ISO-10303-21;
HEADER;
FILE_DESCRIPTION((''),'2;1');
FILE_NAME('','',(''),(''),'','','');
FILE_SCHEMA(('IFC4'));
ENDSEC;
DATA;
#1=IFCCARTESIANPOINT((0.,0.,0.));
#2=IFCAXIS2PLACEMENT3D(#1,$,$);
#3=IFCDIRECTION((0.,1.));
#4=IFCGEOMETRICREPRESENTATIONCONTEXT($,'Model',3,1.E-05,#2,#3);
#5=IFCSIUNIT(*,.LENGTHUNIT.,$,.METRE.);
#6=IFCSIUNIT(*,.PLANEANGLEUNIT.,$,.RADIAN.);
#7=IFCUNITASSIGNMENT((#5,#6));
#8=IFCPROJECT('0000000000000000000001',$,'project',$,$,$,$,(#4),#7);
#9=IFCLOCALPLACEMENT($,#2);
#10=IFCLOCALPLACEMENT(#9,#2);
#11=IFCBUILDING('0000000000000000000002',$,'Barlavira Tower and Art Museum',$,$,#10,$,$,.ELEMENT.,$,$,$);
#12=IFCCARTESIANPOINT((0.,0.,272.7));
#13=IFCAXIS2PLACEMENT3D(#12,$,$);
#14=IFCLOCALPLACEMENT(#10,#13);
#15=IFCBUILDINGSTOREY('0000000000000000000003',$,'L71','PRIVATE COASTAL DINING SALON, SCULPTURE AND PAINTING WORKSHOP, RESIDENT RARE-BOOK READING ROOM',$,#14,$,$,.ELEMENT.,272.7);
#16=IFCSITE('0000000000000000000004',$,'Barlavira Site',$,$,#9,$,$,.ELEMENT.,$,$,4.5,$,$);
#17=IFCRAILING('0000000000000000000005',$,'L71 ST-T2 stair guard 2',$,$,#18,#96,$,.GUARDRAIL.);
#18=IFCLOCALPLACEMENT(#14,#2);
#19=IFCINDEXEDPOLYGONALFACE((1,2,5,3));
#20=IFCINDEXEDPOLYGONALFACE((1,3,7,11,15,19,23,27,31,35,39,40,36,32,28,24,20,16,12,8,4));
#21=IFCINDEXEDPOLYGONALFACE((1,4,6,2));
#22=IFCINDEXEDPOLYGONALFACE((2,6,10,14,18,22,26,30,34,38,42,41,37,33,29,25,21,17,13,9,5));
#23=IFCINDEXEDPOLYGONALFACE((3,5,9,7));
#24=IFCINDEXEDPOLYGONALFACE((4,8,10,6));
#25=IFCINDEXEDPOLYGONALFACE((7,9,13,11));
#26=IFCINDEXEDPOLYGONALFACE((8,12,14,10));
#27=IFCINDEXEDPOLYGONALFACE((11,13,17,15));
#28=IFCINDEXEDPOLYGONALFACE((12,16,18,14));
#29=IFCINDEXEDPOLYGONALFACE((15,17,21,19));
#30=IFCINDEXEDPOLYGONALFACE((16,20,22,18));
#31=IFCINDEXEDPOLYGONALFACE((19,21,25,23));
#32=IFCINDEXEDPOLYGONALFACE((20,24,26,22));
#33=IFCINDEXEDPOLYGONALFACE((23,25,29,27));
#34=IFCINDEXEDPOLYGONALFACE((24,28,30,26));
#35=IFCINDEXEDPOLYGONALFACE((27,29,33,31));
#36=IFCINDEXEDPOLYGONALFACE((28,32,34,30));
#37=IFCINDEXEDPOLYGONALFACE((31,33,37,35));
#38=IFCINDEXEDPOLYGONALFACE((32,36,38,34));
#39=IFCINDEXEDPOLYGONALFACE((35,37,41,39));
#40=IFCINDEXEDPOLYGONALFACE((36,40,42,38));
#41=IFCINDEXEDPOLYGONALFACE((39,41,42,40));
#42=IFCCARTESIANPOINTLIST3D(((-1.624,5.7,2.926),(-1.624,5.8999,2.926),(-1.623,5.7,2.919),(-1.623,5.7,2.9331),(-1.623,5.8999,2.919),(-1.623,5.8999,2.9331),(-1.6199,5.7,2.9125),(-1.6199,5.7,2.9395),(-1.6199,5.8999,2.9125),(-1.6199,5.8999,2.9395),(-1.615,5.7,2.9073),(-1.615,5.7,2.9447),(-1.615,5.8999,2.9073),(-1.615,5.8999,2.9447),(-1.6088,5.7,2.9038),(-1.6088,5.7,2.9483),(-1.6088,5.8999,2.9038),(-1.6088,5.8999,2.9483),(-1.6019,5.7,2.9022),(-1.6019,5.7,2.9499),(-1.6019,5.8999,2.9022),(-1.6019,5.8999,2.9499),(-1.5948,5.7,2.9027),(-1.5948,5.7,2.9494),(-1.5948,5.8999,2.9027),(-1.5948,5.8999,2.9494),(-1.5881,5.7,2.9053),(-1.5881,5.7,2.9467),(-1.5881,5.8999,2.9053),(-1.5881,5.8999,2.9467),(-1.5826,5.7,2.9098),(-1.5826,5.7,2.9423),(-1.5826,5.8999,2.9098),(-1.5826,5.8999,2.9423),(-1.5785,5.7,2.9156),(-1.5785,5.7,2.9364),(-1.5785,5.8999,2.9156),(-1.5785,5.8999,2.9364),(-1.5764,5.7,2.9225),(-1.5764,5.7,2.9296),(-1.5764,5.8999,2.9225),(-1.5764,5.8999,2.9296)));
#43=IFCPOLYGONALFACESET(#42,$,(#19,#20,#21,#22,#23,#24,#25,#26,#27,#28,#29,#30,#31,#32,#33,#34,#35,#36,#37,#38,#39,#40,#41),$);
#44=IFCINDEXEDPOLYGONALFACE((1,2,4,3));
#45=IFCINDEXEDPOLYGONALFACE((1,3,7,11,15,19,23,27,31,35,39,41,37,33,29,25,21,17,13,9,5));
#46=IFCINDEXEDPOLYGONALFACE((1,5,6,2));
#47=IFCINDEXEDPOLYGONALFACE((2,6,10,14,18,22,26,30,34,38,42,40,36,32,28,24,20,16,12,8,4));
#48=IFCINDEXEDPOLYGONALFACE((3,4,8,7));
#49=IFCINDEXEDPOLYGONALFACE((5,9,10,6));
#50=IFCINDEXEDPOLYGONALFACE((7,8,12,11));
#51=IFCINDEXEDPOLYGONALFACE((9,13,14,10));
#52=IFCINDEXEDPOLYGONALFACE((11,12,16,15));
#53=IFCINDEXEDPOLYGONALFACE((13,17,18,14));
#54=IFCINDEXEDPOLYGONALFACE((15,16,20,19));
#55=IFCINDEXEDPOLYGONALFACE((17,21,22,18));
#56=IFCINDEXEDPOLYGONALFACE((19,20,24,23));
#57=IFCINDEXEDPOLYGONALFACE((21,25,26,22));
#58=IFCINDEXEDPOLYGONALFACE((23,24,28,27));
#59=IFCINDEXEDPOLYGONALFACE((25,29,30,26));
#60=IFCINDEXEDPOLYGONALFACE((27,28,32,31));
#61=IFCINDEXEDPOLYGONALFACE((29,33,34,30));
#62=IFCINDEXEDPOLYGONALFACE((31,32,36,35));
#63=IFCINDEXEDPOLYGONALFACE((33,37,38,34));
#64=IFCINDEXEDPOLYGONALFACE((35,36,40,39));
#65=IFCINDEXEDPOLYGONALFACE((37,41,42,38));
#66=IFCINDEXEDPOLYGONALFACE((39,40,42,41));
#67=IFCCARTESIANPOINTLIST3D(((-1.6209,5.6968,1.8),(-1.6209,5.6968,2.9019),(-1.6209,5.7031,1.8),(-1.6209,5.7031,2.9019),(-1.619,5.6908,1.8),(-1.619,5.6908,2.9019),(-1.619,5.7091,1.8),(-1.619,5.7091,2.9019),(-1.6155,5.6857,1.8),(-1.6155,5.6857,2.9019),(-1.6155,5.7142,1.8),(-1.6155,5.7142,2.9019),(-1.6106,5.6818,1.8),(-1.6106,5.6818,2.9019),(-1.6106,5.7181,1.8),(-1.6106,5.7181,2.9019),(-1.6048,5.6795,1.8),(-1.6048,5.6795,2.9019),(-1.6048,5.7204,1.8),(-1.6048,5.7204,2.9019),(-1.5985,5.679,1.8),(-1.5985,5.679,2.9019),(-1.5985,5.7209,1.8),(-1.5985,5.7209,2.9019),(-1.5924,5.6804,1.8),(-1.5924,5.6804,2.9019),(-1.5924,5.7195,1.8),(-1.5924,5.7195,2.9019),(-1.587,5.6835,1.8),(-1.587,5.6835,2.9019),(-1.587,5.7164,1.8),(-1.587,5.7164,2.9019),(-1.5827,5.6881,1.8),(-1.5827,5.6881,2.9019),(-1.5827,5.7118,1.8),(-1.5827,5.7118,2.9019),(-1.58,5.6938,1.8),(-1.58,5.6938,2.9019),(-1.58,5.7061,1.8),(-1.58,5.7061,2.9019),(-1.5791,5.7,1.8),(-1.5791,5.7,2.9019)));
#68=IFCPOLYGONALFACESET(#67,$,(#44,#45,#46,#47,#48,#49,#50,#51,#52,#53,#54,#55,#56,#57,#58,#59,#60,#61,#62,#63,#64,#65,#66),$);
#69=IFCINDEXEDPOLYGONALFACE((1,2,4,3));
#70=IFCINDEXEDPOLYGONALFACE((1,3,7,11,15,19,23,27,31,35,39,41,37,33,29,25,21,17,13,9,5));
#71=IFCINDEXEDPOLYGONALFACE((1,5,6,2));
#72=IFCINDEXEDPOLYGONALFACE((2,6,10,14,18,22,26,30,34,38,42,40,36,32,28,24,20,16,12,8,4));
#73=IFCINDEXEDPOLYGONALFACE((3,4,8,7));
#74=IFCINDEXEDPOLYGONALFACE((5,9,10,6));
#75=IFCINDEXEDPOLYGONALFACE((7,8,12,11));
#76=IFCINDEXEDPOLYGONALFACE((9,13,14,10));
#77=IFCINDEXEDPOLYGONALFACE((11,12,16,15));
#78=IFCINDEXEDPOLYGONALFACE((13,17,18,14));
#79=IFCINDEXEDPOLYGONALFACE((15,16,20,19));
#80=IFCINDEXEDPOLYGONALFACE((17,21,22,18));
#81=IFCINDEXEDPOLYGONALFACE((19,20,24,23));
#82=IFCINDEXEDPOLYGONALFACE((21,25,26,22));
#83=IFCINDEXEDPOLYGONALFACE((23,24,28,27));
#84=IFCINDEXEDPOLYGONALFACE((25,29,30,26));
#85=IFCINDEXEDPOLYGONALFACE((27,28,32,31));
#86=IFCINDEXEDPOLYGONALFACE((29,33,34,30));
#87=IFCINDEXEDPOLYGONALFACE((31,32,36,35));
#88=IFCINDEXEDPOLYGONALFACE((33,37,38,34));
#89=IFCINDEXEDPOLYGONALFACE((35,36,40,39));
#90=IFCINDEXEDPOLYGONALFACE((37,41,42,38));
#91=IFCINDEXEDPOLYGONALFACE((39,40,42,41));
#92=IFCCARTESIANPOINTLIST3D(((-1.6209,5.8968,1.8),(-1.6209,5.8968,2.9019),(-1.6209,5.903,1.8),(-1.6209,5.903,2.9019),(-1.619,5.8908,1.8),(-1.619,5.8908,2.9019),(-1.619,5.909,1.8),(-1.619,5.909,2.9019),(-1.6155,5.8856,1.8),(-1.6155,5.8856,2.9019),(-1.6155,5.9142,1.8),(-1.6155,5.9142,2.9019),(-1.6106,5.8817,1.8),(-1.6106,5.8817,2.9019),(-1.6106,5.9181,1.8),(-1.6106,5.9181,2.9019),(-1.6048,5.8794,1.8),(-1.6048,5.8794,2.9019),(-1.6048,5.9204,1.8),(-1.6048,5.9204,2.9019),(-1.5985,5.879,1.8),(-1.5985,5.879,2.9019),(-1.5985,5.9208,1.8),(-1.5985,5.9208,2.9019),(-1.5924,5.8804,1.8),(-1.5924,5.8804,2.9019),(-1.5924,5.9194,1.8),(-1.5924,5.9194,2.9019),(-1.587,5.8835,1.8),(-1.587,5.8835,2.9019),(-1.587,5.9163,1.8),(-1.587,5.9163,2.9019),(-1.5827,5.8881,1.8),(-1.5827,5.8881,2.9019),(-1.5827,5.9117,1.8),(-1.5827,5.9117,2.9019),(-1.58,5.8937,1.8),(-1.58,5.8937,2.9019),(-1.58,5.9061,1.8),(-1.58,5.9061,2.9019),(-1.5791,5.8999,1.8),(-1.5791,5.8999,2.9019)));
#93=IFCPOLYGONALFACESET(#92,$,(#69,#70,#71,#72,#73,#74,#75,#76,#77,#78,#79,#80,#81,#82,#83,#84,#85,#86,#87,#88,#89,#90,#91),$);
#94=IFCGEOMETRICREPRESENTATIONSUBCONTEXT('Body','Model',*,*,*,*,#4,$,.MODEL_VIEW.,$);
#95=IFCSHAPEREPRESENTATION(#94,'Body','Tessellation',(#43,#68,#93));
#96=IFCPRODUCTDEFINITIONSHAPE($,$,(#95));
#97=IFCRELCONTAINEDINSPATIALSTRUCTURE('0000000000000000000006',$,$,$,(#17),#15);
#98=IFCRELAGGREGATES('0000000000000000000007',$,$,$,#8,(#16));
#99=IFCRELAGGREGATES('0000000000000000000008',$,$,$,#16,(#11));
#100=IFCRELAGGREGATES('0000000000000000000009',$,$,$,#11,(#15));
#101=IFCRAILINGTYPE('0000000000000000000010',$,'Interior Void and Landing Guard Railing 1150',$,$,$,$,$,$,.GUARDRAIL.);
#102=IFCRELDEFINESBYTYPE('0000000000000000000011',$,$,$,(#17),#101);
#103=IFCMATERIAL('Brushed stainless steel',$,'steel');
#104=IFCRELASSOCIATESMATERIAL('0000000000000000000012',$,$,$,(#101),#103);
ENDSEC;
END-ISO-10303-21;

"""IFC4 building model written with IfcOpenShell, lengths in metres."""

from ifc_helpers import new_model, si_unit, direction, frame, origin, origin_2d, place, context, subcontext, project, spatial, circle, extrude, material, type_object, element, save


model = new_model("IFC4")

# Units and contexts
model_context = context("Model", 3, precision=1e-05, world=origin(), true_north=direction((0.0, 1.0)))
body_context = subcontext(model_context, "Body", "Model", "MODEL_VIEW")
ifc_project = project(units=[si_unit("LENGTHUNIT", "METRE"), si_unit("PLANEANGLEUNIT", "RADIAN")], contexts=[model_context])

# Site, building, storey
site_placement = place(None, origin())
site = spatial("IfcSite", under=ifc_project, at=site_placement, Name="Barlavira Site", CompositionType="ELEMENT", RefElevation=4.5)
building_placement = place(site_placement, origin())
building = spatial("IfcBuilding", under=site, at=building_placement, Name="Barlavira Tower and Art Museum", CompositionType="ELEMENT")
storey_placement = place(building_placement, frame((0.0, 0.0, 272.7)))
storey = spatial("IfcBuildingStorey", under=building, at=storey_placement, Name="L71", Description="PRIVATE COASTAL DINING SALON, SCULPTURE AND PAINTING WORKSHOP, RESIDENT RARE-BOOK READING ROOM", CompositionType="ELEMENT", Elevation=272.7)

# Shared definitions
ifc_material_1 = material(Name="Brushed stainless steel", Category="steel")

# Railing
railing_type_1 = type_object("IfcRailingType", Name="Interior Void and Landing Guard Railing 1150", PredefinedType="GUARDRAIL", material=ifc_material_1)
railing_1_placement = place(storey_placement, frame((-1.6001, 5.7, 1.8)))
element("IfcRailing", 1, at=railing_1_placement, inside=storey, type_object=railing_type_1, Name="L71 ST-T2 stair guard 2", PredefinedType="GUARDRAIL", context=body_context, shape_type="SweptSolid", body=[
    extrude(circle(Radius=0.0239, at=origin_2d()), frame((0.0, 0.0, 1.126), z_axis=(0.0, 1.0, 0.0), x_axis=(-1.0, 0.0, 0.0)), (0.0, 0.0, 1.0), 0.2),
    extrude(circle(Radius=0.021, at=origin_2d()), origin(), (0.0, 0.0, 1.0), 1.1018),
    extrude(circle(Radius=0.021, at=origin_2d()), frame((0.0, 0.2, 0.0)), (0.0, 0.0, 1.0), 1.1018),
])

save(model, "model.ifc")
